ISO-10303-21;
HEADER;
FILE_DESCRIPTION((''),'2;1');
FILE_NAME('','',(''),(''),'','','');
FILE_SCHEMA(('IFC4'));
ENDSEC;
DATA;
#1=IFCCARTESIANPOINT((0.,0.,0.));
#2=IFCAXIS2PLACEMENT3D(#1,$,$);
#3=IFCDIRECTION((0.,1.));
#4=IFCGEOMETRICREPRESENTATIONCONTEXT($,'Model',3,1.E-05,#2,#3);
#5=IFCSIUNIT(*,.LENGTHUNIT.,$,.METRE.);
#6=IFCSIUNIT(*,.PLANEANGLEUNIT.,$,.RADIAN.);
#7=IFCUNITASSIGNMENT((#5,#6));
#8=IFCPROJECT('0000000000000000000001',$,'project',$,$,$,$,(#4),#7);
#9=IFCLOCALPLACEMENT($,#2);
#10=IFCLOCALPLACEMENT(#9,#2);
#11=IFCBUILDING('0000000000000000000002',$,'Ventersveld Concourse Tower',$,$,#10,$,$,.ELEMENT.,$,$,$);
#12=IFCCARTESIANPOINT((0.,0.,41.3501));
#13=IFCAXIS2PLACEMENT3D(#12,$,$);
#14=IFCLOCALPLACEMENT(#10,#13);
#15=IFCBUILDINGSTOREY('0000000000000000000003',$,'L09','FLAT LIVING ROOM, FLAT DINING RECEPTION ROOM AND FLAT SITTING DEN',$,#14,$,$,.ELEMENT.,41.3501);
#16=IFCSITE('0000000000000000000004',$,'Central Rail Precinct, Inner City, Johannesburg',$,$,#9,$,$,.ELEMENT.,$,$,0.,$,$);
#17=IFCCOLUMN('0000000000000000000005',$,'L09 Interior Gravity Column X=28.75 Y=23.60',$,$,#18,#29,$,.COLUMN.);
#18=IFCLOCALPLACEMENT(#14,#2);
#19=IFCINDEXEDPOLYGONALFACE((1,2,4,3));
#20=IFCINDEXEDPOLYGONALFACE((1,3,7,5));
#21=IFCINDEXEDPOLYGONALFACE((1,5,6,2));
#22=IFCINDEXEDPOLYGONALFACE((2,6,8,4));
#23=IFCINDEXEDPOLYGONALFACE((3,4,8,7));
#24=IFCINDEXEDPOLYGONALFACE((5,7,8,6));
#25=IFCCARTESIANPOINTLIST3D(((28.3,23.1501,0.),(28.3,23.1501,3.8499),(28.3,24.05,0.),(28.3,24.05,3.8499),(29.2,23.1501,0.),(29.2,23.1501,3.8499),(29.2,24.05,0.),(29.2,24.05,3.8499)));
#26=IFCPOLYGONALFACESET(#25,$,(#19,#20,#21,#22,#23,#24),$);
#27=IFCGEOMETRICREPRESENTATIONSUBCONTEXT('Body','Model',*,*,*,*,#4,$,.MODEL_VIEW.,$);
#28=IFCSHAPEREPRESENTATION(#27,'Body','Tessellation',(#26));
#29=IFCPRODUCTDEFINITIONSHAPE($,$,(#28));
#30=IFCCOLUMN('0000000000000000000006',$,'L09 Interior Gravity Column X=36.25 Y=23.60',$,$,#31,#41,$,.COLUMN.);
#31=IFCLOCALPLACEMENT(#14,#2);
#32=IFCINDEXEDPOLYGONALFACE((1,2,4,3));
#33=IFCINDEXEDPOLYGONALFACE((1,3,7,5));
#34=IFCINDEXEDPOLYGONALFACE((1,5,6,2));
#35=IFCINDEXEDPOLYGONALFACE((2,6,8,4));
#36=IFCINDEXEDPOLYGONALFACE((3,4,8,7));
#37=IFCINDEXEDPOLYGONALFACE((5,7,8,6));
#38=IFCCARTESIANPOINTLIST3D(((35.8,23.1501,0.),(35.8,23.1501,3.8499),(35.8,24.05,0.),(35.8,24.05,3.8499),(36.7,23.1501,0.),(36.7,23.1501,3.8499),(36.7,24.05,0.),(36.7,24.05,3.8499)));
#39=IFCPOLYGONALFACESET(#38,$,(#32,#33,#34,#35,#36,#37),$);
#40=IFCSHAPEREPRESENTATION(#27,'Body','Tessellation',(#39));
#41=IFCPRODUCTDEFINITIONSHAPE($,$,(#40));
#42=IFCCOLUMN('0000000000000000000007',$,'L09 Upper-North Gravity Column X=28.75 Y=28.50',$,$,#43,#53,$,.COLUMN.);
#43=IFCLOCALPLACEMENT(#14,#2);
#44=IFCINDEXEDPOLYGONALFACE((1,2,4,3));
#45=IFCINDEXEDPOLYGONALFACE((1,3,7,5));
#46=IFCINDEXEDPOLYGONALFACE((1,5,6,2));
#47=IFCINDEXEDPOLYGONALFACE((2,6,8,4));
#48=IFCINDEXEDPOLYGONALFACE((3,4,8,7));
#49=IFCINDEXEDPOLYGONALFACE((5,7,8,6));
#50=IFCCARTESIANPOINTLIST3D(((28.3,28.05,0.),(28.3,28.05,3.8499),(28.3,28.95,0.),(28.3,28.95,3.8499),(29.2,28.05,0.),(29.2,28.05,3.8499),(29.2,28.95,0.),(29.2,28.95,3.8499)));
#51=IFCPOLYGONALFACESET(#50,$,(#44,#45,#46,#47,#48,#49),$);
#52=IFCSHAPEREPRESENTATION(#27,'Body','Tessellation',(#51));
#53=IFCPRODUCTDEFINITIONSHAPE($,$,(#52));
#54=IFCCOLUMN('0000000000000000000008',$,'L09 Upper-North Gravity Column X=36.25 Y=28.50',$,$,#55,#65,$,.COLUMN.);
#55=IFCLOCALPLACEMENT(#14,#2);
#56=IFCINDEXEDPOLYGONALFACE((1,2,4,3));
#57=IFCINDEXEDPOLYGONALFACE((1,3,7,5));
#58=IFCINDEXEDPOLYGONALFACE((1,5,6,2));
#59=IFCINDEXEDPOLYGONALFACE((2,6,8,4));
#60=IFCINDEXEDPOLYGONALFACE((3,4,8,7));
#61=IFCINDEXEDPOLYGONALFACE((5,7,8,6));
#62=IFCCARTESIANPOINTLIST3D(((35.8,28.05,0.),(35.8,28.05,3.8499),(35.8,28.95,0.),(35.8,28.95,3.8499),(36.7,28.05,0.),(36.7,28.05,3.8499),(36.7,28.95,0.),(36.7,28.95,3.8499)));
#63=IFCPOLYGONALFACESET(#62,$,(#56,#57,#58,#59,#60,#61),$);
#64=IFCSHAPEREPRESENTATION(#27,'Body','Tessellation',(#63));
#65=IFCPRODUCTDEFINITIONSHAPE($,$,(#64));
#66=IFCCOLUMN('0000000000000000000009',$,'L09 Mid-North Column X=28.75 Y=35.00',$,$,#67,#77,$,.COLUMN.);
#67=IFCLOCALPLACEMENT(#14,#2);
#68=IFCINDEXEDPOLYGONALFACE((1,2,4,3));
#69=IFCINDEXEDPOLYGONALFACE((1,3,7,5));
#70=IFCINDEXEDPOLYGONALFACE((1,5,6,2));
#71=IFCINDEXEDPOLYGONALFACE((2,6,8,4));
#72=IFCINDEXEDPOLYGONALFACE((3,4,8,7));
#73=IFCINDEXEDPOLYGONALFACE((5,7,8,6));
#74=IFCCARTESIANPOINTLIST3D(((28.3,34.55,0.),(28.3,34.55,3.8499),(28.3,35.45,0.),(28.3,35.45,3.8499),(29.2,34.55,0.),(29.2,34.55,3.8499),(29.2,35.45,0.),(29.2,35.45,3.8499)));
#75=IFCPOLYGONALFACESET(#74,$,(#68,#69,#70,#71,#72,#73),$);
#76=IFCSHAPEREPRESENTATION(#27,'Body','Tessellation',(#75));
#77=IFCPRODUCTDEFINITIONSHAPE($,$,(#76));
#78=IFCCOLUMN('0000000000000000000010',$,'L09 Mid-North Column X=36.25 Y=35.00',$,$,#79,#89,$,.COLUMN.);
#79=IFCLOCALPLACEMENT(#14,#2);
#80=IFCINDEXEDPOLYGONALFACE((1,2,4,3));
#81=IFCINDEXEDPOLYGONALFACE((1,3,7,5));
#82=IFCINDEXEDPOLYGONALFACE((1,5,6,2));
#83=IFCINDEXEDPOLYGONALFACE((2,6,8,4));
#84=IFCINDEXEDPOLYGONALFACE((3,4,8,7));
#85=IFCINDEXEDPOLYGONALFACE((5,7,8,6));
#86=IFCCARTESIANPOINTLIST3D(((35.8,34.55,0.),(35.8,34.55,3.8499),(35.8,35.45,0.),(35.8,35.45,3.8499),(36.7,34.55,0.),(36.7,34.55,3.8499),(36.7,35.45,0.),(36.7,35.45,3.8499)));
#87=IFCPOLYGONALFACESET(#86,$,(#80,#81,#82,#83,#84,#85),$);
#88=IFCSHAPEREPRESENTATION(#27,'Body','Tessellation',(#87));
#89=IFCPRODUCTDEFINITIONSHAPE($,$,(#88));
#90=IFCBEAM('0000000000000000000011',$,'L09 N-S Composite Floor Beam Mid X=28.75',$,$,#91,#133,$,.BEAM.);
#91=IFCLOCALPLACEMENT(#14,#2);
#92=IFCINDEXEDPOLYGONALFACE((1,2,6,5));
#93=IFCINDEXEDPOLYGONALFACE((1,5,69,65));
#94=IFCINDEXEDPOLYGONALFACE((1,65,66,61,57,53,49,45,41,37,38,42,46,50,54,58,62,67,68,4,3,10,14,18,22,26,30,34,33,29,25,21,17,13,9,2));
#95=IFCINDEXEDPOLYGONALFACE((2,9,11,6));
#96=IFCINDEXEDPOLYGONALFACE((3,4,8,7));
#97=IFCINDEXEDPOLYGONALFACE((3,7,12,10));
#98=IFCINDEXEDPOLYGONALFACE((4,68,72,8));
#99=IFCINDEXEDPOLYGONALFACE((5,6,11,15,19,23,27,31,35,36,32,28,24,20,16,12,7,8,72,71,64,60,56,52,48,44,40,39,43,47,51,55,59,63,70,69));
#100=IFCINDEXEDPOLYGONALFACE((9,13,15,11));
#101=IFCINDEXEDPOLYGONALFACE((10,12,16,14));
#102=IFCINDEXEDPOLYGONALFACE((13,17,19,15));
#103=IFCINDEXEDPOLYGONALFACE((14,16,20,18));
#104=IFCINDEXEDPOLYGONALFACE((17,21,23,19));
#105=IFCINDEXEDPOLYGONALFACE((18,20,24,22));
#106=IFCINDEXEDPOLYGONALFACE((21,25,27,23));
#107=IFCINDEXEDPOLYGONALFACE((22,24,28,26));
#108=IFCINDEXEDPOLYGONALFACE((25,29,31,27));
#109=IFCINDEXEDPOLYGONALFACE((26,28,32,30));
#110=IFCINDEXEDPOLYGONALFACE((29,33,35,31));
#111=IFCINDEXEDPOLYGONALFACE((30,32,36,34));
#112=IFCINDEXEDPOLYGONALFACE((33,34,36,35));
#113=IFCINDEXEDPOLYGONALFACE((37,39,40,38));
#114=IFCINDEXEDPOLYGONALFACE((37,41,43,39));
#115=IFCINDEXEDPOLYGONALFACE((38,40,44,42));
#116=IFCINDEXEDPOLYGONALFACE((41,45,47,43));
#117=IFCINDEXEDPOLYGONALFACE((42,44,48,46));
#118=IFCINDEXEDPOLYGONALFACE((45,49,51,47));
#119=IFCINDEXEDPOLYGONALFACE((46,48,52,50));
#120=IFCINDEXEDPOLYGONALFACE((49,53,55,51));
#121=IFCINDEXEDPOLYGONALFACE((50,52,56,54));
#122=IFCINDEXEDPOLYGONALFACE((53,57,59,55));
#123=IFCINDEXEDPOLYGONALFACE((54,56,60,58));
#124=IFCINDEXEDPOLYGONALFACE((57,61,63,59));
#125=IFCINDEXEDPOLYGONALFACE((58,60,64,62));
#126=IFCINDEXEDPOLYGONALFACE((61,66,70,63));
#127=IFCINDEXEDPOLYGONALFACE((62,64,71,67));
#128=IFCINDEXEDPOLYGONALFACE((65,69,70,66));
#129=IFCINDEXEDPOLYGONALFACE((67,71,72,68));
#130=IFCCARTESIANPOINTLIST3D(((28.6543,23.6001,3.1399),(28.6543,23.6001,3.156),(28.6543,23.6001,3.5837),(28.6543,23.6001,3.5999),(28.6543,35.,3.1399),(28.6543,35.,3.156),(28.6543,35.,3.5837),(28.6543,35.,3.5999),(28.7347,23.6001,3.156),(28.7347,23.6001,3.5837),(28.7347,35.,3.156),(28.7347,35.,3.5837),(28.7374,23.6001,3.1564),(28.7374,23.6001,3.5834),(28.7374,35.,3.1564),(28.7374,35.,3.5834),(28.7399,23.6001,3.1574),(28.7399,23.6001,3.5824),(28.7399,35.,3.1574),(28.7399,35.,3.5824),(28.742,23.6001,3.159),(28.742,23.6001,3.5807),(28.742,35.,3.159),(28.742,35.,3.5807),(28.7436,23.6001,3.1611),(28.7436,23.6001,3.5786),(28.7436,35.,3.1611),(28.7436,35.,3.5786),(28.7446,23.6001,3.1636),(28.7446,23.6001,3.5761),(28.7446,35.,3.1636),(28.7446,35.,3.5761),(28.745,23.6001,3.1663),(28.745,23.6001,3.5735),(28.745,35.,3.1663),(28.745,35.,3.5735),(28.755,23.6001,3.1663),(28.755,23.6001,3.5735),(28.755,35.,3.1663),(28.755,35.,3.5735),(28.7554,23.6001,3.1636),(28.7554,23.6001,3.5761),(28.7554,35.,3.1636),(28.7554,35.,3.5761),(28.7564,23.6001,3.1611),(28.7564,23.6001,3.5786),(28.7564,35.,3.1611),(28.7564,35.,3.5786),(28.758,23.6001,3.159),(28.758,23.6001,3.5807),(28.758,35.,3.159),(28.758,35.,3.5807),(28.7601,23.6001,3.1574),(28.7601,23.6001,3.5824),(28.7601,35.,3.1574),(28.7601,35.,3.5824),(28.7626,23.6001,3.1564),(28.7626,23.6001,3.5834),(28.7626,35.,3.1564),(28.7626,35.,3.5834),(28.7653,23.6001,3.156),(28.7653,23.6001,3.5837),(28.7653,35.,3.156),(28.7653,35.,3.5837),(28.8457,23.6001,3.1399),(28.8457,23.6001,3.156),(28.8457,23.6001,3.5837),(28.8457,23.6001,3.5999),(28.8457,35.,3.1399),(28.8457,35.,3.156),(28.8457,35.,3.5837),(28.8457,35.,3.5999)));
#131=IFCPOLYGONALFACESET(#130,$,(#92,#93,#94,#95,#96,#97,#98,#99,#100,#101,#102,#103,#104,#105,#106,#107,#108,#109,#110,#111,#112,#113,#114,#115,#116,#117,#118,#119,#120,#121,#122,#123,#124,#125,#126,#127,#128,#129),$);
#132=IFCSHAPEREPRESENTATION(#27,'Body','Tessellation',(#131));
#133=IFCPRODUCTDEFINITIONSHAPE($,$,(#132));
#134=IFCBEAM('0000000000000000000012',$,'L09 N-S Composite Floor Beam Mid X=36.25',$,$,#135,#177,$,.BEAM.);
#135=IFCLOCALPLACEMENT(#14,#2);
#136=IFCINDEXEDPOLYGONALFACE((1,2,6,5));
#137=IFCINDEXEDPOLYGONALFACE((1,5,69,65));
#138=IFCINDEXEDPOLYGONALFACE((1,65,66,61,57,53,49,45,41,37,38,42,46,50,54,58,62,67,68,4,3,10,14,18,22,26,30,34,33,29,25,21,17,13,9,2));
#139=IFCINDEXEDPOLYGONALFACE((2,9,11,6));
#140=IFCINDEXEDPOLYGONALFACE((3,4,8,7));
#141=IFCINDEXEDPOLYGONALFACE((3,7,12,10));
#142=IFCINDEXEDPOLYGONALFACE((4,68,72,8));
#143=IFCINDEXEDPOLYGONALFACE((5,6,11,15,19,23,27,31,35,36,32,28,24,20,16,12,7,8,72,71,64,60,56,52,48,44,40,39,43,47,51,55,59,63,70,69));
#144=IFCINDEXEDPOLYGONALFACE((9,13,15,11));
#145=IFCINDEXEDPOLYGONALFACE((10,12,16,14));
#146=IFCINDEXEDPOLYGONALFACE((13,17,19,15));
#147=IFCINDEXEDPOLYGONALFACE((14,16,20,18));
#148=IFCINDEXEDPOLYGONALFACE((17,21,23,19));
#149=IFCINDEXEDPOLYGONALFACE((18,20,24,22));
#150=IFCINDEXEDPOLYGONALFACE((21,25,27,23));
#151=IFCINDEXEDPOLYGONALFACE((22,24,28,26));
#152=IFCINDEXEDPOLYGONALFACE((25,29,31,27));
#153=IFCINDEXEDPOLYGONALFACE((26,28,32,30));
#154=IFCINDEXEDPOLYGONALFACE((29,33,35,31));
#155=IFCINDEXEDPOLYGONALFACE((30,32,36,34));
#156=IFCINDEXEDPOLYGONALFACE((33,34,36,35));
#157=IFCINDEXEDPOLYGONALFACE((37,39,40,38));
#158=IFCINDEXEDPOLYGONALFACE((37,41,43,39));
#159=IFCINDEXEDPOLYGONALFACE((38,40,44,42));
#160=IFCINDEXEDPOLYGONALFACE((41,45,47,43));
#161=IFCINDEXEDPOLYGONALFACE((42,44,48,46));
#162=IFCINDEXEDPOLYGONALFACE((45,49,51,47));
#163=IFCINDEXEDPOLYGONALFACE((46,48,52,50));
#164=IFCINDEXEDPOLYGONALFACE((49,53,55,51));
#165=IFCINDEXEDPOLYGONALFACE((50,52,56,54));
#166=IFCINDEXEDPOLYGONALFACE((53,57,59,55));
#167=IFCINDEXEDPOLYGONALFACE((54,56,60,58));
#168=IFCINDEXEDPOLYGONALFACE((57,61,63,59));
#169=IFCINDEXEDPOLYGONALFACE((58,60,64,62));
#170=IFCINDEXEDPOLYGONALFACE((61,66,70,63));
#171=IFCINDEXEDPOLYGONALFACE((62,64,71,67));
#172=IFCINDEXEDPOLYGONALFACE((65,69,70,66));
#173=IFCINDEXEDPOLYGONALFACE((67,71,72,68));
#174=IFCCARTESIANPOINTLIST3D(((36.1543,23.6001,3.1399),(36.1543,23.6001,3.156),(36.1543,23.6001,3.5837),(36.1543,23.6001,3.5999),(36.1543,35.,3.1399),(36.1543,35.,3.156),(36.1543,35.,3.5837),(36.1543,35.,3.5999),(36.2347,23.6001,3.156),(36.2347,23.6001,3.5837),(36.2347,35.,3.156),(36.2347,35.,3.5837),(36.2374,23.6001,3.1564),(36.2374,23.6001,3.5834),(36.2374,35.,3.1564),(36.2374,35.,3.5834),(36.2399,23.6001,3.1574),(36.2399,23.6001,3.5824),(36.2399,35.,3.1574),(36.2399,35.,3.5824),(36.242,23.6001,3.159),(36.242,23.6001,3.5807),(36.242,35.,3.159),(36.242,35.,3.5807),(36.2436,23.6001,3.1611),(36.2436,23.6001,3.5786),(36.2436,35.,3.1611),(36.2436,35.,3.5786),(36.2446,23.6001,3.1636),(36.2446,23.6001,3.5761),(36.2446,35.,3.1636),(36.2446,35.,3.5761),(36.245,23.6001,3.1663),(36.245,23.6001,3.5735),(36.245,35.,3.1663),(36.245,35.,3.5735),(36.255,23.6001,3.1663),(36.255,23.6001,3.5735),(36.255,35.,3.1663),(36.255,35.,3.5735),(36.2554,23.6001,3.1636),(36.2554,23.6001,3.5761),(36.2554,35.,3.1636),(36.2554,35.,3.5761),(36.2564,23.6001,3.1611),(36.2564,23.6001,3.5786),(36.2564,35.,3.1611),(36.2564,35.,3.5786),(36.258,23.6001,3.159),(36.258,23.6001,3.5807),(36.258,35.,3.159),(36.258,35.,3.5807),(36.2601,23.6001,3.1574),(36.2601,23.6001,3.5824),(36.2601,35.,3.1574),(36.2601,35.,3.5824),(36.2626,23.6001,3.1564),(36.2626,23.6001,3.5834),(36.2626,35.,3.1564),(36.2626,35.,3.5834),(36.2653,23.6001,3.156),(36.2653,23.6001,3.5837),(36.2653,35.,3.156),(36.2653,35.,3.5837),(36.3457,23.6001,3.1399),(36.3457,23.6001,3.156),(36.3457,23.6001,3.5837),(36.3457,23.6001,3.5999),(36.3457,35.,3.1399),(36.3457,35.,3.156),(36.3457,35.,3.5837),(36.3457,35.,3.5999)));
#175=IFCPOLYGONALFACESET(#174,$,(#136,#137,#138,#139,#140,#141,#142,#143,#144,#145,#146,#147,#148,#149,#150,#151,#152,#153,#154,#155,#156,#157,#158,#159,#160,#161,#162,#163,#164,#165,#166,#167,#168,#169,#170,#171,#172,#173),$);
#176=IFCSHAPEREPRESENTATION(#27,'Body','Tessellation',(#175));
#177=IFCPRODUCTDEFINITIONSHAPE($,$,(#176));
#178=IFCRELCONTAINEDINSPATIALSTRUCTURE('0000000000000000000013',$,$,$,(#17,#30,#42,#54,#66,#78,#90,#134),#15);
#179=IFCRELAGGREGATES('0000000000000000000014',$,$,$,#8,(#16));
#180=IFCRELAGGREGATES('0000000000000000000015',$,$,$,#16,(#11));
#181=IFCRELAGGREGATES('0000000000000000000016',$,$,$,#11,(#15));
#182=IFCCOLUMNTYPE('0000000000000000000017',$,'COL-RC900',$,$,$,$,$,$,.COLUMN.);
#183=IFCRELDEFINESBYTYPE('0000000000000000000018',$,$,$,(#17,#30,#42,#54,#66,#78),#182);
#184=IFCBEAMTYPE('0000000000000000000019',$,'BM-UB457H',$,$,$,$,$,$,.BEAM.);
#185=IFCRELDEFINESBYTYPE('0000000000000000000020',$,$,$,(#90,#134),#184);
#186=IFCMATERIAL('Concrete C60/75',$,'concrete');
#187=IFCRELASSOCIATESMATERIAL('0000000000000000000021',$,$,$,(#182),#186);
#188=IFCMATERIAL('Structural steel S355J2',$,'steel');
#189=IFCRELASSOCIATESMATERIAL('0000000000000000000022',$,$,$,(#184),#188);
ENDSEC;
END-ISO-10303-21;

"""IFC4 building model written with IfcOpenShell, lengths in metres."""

from ifc_helpers import new_model, si_unit, direction, frame, origin, origin_2d, place, context, subcontext, project, spatial, rectangle, i_section, extrude, material, material_profile, profile_set, type_object, element, save


model = new_model("IFC4")

# Units and contexts
model_context = context("Model", 3, precision=1e-05, world=origin(), true_north=direction((0.0, 1.0)))
body_context = subcontext(model_context, "Body", "Model", "MODEL_VIEW")
ifc_project = project(units=[si_unit("LENGTHUNIT", "METRE"), si_unit("PLANEANGLEUNIT", "RADIAN")], contexts=[model_context])

# Site, building, storey
site_placement = place(None, origin())
site = spatial("IfcSite", under=ifc_project, at=site_placement, Name="Central Rail Precinct, Inner City, Johannesburg", CompositionType="ELEMENT", RefElevation=0.0)
building_placement = place(site_placement, origin())
building = spatial("IfcBuilding", under=site, at=building_placement, Name="Ventersveld Concourse Tower", CompositionType="ELEMENT")
storey_placement = place(building_placement, frame((0.0, 0.0, 41.3501)))
storey = spatial("IfcBuildingStorey", under=building, at=storey_placement, Name="L09", Description="FLAT LIVING ROOM, FLAT DINING RECEPTION ROOM AND FLAT SITTING DEN", CompositionType="ELEMENT", Elevation=41.3501)

# Columns
ifc_material_1 = material(Name="Concrete C60/75", Category="concrete")
ifc_material_profile_1 = material_profile(ifc_material_1, rectangle(XDim=0.8999, YDim=0.8999, at=origin_2d()), Name="RC 900x900")
ifc_profile_set_1 = profile_set([ifc_material_profile_1], Name="Concrete C60/75")
column_type = type_object("IfcColumnType", Name="COL-RC900", PredefinedType="COLUMN", material=ifc_profile_set_1)
for number, where, z_axis, x_axis, name in (
    (1, (28.75, 23.6001, 0.0), (0.0, 0.0, 1.0), (1.0, 0.0, 0.0), "L09 Interior Gravity Column X=28.75 Y=23.60"),
    (2, (36.25, 23.6001, 0.0), (0.0, 0.0, 1.0), (1.0, 0.0, 0.0), "L09 Interior Gravity Column X=36.25 Y=23.60"),
    (3, (28.75, 28.5, 0.0), (0.0, 0.0, 1.0), (1.0, 0.0, 0.0), "L09 Upper-North Gravity Column X=28.75 Y=28.50"),
    (4, (36.25, 28.5, 0.0), (0.0, 0.0, 1.0), (1.0, 0.0, 0.0), "L09 Upper-North Gravity Column X=36.25 Y=28.50"),
    (5, (28.75, 35.0, 0.0), (0.0, 0.0, 1.0), (1.0, 0.0, 0.0), "L09 Mid-North Column X=28.75 Y=35.00"),
    (6, (36.25, 35.0, 0.0), (0.0, 0.0, 1.0), (1.0, 0.0, 0.0), "L09 Mid-North Column X=36.25 Y=35.00"),
):
    element("IfcColumn", number, at=place(storey_placement, frame(where, z_axis=z_axis, x_axis=x_axis)), inside=storey, type_object=column_type, Name=name, PredefinedType="COLUMN", context=body_context, shape_type="SweptSolid", body=[
        extrude(rectangle(XDim=0.8999, YDim=0.8999, at=origin_2d()), origin(), (0.0, 0.0, 1.0), 3.8499),
    ])

# Beams
ifc_material_2 = material(Name="Structural steel S355J2", Category="steel")
ifc_material_profile_2 = material_profile(ifc_material_2, i_section(OverallWidth=0.1914, OverallDepth=0.46, WebThickness=0.01, FlangeThickness=0.0161, FilletRadius=0.0103, at=origin_2d()), Name="UB 457x191x82")
ifc_profile_set_2 = profile_set([ifc_material_profile_2], Name="Structural steel S355J2")
beam_type_1 = type_object("IfcBeamType", Name="BM-UB457H", PredefinedType="BEAM", material=ifc_profile_set_2)
for number, where, z_axis, x_axis, name in (
    (7, (28.75, 23.6001, 3.3699), (0.0, 1.0, 0.0), (-1.0, 0.0, 0.0), "L09 N-S Composite Floor Beam Mid X=28.75"),
    (8, (36.25, 23.6001, 3.3699), (0.0, 1.0, 0.0), (-1.0, 0.0, 0.0), "L09 N-S Composite Floor Beam Mid X=36.25"),
):
    element("IfcBeam", number, at=place(storey_placement, frame(where, z_axis=z_axis, x_axis=x_axis)), inside=storey, type_object=beam_type_1, Name=name, PredefinedType="BEAM", context=body_context, shape_type="SweptSolid", body=[
        extrude(i_section(OverallWidth=0.1914, OverallDepth=0.46, WebThickness=0.01, FlangeThickness=0.0161, FilletRadius=0.0103, at=origin_2d()), origin(), (0.0, 0.0, 1.0), 11.3999),
    ])

save(model, "model.ifc")
